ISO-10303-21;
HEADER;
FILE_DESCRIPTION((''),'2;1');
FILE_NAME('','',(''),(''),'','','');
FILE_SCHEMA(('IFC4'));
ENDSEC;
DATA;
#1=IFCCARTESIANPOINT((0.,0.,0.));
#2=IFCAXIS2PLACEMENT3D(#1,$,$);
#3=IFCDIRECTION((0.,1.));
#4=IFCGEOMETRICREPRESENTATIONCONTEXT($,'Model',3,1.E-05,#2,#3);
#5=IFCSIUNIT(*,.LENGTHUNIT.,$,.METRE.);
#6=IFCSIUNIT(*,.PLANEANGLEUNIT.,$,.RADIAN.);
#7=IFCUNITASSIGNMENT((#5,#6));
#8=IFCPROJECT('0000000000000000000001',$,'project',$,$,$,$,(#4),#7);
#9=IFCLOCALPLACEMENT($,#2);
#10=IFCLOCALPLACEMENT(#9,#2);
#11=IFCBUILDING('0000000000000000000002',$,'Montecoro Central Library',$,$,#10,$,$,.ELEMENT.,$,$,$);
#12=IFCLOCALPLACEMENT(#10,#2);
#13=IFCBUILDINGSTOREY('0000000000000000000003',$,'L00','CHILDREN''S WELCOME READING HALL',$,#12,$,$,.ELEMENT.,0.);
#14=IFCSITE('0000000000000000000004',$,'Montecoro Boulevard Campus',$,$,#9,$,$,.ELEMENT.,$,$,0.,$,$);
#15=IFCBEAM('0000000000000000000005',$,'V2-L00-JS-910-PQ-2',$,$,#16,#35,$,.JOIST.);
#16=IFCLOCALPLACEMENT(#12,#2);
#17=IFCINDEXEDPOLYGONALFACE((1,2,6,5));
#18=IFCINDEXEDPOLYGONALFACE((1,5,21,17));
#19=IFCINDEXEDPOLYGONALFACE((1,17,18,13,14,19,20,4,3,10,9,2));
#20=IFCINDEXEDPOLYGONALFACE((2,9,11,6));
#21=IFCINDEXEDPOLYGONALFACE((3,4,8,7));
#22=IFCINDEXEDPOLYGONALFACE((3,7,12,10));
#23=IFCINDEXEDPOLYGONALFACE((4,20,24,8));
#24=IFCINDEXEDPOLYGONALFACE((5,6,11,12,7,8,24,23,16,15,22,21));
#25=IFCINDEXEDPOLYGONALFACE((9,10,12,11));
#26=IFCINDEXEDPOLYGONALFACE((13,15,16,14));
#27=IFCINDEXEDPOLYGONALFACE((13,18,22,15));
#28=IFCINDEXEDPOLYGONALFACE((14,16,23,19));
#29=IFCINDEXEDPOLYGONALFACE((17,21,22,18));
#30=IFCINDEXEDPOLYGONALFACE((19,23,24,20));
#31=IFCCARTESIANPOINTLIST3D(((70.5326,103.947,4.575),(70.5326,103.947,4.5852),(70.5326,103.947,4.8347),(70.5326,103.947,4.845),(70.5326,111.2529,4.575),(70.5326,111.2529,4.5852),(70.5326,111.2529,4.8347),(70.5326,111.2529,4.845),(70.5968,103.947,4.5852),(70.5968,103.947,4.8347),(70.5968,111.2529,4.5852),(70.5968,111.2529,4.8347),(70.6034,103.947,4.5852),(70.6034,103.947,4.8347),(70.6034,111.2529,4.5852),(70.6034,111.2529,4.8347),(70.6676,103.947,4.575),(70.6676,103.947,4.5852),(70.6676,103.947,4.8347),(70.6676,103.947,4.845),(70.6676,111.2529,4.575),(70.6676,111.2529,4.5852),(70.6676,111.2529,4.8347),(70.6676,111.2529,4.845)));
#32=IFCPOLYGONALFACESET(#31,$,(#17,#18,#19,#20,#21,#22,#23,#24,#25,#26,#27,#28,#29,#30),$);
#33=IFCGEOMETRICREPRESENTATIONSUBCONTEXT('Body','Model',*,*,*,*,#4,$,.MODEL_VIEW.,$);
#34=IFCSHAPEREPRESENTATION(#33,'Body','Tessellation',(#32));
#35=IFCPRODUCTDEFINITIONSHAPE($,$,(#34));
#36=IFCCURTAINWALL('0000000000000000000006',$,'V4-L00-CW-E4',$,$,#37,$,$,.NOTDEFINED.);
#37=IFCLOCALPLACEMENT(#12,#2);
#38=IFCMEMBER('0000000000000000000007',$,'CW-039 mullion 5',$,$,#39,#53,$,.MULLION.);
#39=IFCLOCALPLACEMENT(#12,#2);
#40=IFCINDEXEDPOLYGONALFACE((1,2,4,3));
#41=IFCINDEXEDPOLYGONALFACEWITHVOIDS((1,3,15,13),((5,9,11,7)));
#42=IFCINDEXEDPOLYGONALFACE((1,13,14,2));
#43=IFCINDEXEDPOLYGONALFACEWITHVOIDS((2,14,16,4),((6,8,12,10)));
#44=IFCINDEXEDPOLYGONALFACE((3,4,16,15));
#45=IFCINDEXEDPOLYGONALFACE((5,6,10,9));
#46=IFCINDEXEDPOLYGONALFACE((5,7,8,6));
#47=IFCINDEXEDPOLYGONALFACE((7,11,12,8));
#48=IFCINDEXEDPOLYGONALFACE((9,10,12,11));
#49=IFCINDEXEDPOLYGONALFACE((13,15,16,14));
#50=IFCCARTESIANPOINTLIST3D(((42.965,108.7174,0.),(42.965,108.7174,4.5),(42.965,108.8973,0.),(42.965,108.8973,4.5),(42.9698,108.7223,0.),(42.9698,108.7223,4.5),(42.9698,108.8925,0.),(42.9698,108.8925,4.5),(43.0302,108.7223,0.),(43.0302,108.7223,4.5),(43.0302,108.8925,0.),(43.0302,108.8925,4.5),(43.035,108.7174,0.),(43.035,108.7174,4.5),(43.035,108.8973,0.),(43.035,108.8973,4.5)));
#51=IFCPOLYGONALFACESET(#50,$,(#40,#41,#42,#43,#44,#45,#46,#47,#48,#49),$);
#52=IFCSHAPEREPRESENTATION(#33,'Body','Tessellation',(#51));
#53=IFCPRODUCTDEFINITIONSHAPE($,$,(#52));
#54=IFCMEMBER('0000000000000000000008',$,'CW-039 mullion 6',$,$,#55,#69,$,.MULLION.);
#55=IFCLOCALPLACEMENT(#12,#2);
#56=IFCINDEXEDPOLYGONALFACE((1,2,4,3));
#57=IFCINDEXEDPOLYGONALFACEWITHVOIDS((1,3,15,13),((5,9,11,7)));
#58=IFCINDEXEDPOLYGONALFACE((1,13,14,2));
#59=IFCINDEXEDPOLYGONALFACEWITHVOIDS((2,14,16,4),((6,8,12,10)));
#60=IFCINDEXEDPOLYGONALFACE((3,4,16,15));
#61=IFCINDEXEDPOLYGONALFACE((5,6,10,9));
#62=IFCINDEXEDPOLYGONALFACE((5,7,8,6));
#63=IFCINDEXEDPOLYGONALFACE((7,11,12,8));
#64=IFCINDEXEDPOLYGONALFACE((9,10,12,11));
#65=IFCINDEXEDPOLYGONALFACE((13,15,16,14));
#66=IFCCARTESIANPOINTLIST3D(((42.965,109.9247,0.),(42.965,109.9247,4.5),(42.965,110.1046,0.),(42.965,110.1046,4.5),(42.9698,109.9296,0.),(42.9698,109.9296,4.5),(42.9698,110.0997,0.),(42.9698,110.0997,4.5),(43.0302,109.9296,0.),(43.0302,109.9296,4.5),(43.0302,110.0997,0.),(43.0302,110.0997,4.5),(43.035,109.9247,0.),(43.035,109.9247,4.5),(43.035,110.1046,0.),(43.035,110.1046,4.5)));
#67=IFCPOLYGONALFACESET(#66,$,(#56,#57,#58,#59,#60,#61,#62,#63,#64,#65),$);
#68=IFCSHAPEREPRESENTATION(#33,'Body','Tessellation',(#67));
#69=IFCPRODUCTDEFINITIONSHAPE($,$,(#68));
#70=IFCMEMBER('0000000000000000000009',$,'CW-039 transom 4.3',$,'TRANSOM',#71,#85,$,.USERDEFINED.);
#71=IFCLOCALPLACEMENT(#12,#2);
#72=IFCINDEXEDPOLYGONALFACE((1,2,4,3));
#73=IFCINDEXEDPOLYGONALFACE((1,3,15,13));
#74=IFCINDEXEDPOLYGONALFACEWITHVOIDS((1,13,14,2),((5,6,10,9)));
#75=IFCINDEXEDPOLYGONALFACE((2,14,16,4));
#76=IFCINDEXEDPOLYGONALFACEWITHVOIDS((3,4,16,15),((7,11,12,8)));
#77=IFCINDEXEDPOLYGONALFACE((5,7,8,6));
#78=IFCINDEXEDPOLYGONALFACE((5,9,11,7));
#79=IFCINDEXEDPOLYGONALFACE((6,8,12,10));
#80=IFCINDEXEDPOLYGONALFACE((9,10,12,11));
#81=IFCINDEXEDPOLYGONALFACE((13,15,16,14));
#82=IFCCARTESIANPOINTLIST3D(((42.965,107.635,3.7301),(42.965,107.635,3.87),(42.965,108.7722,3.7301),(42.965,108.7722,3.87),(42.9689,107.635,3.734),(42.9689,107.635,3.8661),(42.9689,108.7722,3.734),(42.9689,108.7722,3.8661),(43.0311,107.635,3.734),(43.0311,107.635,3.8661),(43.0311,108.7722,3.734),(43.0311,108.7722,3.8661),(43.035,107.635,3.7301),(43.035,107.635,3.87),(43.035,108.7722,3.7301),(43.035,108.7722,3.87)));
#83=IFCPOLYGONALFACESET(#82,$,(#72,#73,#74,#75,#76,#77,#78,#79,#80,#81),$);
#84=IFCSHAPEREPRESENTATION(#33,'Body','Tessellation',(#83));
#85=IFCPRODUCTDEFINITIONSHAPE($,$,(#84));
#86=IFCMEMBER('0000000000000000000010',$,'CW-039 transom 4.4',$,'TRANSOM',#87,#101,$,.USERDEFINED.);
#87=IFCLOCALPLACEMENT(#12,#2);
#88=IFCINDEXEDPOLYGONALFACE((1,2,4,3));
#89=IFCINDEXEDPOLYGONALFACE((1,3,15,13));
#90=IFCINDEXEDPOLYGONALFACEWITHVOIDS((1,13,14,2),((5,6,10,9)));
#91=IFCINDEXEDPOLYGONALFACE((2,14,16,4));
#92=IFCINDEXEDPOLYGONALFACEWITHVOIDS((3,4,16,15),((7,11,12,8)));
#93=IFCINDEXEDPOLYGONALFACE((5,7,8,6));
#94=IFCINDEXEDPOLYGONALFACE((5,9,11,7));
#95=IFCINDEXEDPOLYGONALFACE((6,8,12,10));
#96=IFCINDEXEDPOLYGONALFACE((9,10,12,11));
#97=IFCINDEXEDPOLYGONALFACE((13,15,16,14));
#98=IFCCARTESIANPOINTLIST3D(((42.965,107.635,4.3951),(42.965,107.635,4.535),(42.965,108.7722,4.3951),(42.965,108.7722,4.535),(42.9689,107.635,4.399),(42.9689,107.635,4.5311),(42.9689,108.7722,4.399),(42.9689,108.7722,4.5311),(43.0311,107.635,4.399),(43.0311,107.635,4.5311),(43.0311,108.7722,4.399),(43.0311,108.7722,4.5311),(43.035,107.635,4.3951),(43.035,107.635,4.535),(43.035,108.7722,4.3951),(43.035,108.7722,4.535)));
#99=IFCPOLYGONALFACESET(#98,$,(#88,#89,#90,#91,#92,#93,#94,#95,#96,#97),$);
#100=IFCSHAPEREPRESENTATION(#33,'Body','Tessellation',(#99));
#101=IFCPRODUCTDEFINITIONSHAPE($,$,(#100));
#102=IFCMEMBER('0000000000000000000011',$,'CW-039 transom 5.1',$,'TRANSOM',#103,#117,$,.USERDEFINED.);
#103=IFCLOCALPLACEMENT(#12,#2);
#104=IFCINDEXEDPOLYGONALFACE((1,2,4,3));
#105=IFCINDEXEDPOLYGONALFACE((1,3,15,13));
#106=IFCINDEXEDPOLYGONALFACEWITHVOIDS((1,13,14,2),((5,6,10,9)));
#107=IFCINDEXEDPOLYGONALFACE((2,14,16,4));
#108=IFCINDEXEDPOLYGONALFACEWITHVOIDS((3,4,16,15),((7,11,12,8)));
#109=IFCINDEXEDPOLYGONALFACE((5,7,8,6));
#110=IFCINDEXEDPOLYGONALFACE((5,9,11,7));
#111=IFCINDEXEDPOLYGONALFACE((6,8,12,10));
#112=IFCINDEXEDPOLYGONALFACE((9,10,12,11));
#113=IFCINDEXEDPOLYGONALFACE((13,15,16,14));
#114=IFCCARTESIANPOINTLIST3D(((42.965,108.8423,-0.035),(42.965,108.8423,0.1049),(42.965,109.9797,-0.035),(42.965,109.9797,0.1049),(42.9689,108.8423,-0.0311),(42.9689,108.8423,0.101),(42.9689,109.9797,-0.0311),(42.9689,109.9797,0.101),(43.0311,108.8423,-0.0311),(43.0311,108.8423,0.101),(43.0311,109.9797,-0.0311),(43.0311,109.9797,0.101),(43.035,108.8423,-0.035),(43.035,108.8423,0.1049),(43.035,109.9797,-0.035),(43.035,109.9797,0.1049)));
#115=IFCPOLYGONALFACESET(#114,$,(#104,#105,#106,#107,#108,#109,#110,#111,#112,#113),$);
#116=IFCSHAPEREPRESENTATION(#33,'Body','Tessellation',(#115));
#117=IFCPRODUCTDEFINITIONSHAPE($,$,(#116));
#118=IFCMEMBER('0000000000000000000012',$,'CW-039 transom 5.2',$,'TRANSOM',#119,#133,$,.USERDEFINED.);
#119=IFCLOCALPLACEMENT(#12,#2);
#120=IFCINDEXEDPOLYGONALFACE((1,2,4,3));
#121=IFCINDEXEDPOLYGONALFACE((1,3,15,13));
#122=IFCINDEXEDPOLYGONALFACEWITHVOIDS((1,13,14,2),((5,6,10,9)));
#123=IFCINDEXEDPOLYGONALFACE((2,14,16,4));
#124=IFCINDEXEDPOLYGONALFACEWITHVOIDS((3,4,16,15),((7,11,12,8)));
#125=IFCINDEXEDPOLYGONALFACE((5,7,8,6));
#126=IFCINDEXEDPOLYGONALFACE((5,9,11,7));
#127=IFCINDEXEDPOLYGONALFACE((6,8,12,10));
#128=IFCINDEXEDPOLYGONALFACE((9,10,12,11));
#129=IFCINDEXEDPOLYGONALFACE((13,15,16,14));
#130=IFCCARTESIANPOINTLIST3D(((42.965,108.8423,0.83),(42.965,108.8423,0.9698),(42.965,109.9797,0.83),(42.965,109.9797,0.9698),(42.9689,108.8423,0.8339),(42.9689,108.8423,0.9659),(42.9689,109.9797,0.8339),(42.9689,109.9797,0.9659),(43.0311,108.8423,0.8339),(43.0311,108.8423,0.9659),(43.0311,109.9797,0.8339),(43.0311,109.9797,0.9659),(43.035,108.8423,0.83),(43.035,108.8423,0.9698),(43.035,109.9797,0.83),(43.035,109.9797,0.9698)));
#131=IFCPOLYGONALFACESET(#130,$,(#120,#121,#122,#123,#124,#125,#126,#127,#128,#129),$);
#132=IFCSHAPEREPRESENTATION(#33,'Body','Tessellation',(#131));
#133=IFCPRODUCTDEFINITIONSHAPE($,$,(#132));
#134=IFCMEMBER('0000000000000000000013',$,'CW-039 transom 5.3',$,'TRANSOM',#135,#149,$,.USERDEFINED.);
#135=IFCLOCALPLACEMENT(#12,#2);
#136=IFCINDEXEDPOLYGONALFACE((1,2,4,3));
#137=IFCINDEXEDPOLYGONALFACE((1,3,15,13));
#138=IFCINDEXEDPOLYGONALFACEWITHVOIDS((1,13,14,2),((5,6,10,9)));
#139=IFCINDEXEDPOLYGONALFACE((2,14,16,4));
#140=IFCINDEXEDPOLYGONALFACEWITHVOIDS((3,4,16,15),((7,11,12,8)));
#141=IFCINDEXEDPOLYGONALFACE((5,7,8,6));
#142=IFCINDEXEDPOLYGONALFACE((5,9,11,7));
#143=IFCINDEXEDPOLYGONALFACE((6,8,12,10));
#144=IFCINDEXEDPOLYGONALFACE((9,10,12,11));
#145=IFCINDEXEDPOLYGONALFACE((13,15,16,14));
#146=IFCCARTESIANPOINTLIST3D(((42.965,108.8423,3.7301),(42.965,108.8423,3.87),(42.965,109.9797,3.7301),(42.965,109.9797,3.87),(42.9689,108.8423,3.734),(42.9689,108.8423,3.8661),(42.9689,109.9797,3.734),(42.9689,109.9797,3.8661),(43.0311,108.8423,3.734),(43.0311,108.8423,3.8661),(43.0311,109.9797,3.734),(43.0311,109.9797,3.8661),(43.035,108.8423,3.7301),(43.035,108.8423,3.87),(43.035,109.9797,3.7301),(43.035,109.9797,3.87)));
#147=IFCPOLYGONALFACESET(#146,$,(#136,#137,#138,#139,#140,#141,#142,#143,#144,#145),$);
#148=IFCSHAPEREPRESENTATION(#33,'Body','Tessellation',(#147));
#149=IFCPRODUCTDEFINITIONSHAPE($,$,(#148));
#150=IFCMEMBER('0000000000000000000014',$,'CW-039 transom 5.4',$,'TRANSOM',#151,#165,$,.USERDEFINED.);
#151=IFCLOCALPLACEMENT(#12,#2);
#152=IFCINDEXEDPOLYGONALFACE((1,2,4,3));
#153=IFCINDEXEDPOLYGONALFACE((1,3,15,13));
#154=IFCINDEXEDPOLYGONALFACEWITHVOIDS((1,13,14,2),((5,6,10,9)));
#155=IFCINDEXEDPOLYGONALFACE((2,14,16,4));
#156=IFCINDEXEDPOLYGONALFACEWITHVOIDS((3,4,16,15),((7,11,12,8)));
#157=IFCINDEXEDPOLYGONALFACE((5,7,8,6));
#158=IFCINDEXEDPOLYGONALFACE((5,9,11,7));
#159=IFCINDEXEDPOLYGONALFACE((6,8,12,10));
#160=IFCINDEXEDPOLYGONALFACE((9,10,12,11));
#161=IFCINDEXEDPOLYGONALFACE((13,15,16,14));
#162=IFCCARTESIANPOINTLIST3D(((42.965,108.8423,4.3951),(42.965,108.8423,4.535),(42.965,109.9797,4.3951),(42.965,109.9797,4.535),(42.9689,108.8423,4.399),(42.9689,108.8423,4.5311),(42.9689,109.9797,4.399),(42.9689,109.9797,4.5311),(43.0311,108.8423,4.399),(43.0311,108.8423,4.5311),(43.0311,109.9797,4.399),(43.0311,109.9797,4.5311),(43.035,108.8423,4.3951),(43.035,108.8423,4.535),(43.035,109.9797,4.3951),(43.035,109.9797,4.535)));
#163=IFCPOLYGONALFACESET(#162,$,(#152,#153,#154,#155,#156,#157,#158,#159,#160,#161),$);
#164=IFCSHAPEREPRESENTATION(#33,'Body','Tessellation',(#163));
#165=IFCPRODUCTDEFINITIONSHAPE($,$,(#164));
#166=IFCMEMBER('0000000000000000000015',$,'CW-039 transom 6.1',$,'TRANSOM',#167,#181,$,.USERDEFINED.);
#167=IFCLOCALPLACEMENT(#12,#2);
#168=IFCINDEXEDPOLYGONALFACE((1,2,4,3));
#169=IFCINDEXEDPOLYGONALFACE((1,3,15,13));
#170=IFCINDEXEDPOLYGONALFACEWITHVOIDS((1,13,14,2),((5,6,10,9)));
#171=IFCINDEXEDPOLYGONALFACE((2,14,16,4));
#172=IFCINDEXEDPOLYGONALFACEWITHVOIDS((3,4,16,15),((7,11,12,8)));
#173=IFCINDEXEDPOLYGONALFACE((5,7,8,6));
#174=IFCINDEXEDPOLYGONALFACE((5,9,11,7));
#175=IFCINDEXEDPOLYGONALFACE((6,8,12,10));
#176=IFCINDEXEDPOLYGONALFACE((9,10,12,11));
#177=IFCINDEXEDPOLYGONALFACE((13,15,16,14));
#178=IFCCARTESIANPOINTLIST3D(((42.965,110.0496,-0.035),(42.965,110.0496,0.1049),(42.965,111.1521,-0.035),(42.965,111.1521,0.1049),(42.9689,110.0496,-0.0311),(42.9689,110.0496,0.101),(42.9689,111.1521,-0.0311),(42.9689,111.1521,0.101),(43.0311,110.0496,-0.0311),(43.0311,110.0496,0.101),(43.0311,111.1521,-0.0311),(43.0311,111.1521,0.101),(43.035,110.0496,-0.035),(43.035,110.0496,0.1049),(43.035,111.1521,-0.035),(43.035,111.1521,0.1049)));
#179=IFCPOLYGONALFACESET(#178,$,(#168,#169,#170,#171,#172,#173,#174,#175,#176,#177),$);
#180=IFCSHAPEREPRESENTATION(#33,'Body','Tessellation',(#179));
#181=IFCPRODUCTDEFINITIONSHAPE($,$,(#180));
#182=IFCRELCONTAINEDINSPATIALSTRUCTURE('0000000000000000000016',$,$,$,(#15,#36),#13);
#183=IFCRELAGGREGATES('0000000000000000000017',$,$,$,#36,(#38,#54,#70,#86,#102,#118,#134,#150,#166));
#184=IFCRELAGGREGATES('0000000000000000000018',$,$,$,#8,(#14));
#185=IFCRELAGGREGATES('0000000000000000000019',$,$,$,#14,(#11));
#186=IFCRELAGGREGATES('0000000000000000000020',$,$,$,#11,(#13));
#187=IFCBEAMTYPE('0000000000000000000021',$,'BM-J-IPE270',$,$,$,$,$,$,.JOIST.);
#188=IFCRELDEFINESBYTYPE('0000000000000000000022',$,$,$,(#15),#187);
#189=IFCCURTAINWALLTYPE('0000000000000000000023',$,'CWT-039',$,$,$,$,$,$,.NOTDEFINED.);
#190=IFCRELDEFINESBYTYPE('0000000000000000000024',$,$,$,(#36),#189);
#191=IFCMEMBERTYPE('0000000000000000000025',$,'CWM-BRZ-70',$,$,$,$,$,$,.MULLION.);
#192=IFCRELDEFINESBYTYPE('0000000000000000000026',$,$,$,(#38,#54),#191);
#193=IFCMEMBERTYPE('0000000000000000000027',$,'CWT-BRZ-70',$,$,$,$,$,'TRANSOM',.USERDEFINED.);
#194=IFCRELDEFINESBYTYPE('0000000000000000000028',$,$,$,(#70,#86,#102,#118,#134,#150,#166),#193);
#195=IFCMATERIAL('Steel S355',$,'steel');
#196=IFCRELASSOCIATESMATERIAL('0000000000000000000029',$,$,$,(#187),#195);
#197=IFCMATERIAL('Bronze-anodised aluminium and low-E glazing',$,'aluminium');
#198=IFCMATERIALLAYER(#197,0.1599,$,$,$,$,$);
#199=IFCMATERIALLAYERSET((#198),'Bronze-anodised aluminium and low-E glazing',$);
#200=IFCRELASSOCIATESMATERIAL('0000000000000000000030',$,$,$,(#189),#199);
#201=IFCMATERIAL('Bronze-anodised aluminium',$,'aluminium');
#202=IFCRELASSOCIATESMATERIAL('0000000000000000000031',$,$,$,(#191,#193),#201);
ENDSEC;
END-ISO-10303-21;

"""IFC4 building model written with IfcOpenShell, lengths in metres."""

from ifc_helpers import new_model, si_unit, direction, frame, origin, origin_2d, place, context, subcontext, project, spatial, hollow_rectangle, i_section, extrude, material, layer, layer_set, material_profile, profile_set, type_object, element, aggregate, save


model = new_model("IFC4")

# Units and contexts
model_context = context("Model", 3, precision=1e-05, world=origin(), true_north=direction((0.0, 1.0)))
body_context = subcontext(model_context, "Body", "Model", "MODEL_VIEW")
ifc_project = project(units=[si_unit("LENGTHUNIT", "METRE"), si_unit("PLANEANGLEUNIT", "RADIAN")], contexts=[model_context])

# Site, building, storey
site_placement = place(None, origin())
site = spatial("IfcSite", under=ifc_project, at=site_placement, Name="Montecoro Boulevard Campus", CompositionType="ELEMENT", RefElevation=0.0)
building_placement = place(site_placement, origin())
building = spatial("IfcBuilding", under=site, at=building_placement, Name="Montecoro Central Library", CompositionType="ELEMENT")
storey_placement = place(building_placement, origin())
storey = spatial("IfcBuildingStorey", under=building, at=storey_placement, Name="L00", Description="CHILDREN'S WELCOME READING HALL", CompositionType="ELEMENT", Elevation=0.0)

# Beam
ifc_material_1 = material(Name="Steel S355", Category="steel")
ifc_material_profile_1 = material_profile(ifc_material_1, i_section(OverallWidth=0.135, OverallDepth=0.27, WebThickness=0.0066, FlangeThickness=0.0103, at=origin_2d()), Name="IPE 270")
ifc_profile_set_1 = profile_set([ifc_material_profile_1], Name="Steel S355")
beam_type = type_object("IfcBeamType", Name="BM-J-IPE270", PredefinedType="JOIST", material=ifc_profile_set_1)
beam_placement = place(storey_placement, frame((70.6001, 103.947, 4.71), z_axis=(0.0, 1.0, 0.0), x_axis=(-1.0, 0.0, 0.0)))
element("IfcBeam", 1, at=beam_placement, inside=storey, type_object=beam_type, Name="V2-L00-JS-910-PQ-2", PredefinedType="JOIST", context=body_context, shape_type="SweptSolid", body=[
    extrude(i_section(OverallWidth=0.135, OverallDepth=0.27, WebThickness=0.0066, FlangeThickness=0.0103, at=origin_2d()), origin(), (0.0, 0.0, 1.0), 7.3059),
])

# Curtain wall, members
ifc_material_2 = material(Name="Bronze-anodised aluminium and low-E glazing", Category="aluminium")
ifc_layer_1 = layer(ifc_material_2, 0.1599)
ifc_layer_set_1 = layer_set([ifc_layer_1], Name="Bronze-anodised aluminium and low-E glazing")
curtain_wall_type = type_object("IfcCurtainWallType", Name="CWT-039", PredefinedType="NOTDEFINED", material=ifc_layer_set_1)
curtain_wall_placement = place(storey_placement, origin())
curtain_wall = element("IfcCurtainWall", 2, at=curtain_wall_placement, inside=storey, type_object=curtain_wall_type, Name="V4-L00-CW-E4", PredefinedType="NOTDEFINED")
ifc_material_3 = material(Name="Bronze-anodised aluminium", Category="aluminium")
ifc_material_profile_2 = material_profile(ifc_material_3, hollow_rectangle(XDim=0.0701, YDim=0.1799, WallThickness=0.0049, at=origin_2d()), Name="CWM 180x70x5.0")
ifc_profile_set_2 = profile_set([ifc_material_profile_2], Name="Bronze-anodised aluminium")
member_type_1 = type_object("IfcMemberType", Name="CWM-BRZ-70", PredefinedType="MULLION", material=ifc_profile_set_2)
member_1_placement = place(storey_placement, frame((43.0, 108.8074, 0.0), z_axis=(0.0, 0.0, 1.0), x_axis=(-1.0, 0.0, 0.0)))
member_1 = element("IfcMember", 3, at=member_1_placement, type_object=member_type_1, Name="CW-039 mullion 5", PredefinedType="MULLION", context=body_context, shape_type="SweptSolid", body=[
    extrude(hollow_rectangle(XDim=0.0701, YDim=0.1799, WallThickness=0.0049, at=origin_2d()), origin(), (0.0, 0.0, 1.0), 4.5),
])
member_2_placement = place(storey_placement, frame((43.0, 110.0146, 0.0), z_axis=(0.0, 0.0, 1.0), x_axis=(-1.0, 0.0, 0.0)))
member_2 = element("IfcMember", 4, at=member_2_placement, type_object=member_type_1, Name="CW-039 mullion 6", PredefinedType="MULLION", context=body_context, shape_type="SweptSolid", body=[
    extrude(hollow_rectangle(XDim=0.0701, YDim=0.1799, WallThickness=0.0049, at=origin_2d()), origin(), (0.0, 0.0, 1.0), 4.5),
])
ifc_material_profile_3 = material_profile(ifc_material_3, hollow_rectangle(XDim=0.0701, YDim=0.1399, WallThickness=0.0039, at=origin_2d()), Name="CWT 140x70x4.0")
ifc_profile_set_3 = profile_set([ifc_material_profile_3], Name="Bronze-anodised aluminium")
member_type_2 = type_object("IfcMemberType", Name="CWT-BRZ-70", ElementType="TRANSOM", PredefinedType="USERDEFINED", material=ifc_profile_set_3)
member_3_placement = place(storey_placement, frame((43.0, 107.635, 3.8), z_axis=(0.0, 1.0, 0.0), x_axis=(-1.0, 0.0, 0.0)))
member_3 = element("IfcMember", 5, at=member_3_placement, type_object=member_type_2, Name="CW-039 transom 4.3", ObjectType="TRANSOM", PredefinedType="USERDEFINED", context=body_context, shape_type="SweptSolid", body=[
    extrude(hollow_rectangle(XDim=0.0701, YDim=0.1399, WallThickness=0.0039, at=origin_2d()), origin(), (0.0, 0.0, 1.0), 1.1372),
])
member_4_placement = place(storey_placement, frame((43.0, 107.635, 4.4651), z_axis=(0.0, 1.0, 0.0), x_axis=(-1.0, 0.0, 0.0)))
member_4 = element("IfcMember", 6, at=member_4_placement, type_object=member_type_2, Name="CW-039 transom 4.4", ObjectType="TRANSOM", PredefinedType="USERDEFINED", context=body_context, shape_type="SweptSolid", body=[
    extrude(hollow_rectangle(XDim=0.0701, YDim=0.1399, WallThickness=0.0039, at=origin_2d()), origin(), (0.0, 0.0, 1.0), 1.1372),
])
member_5_placement = place(storey_placement, frame((43.0, 108.8423, 0.0349), z_axis=(0.0, 1.0, 0.0), x_axis=(-1.0, 0.0, 0.0)))
member_5 = element("IfcMember", 7, at=member_5_placement, type_object=member_type_2, Name="CW-039 transom 5.1", ObjectType="TRANSOM", PredefinedType="USERDEFINED", context=body_context, shape_type="SweptSolid", body=[
    extrude(hollow_rectangle(XDim=0.0701, YDim=0.1399, WallThickness=0.0039, at=origin_2d()), origin(), (0.0, 0.0, 1.0), 1.1375),
])
member_6_placement = place(storey_placement, frame((43.0, 108.8423, 0.8999), z_axis=(0.0, 1.0, 0.0), x_axis=(-1.0, 0.0, 0.0)))
member_6 = element("IfcMember", 8, at=member_6_placement, type_object=member_type_2, Name="CW-039 transom 5.2", ObjectType="TRANSOM", PredefinedType="USERDEFINED", context=body_context, shape_type="SweptSolid", body=[
    extrude(hollow_rectangle(XDim=0.0701, YDim=0.1399, WallThickness=0.0039, at=origin_2d()), origin(), (0.0, 0.0, 1.0), 1.1375),
])
member_7_placement = place(storey_placement, frame((43.0, 108.8423, 3.8), z_axis=(0.0, 1.0, 0.0), x_axis=(-1.0, 0.0, 0.0)))
member_7 = element("IfcMember", 9, at=member_7_placement, type_object=member_type_2, Name="CW-039 transom 5.3", ObjectType="TRANSOM", PredefinedType="USERDEFINED", context=body_context, shape_type="SweptSolid", body=[
    extrude(hollow_rectangle(XDim=0.0701, YDim=0.1399, WallThickness=0.0039, at=origin_2d()), origin(), (0.0, 0.0, 1.0), 1.1375),
])
member_8_placement = place(storey_placement, frame((43.0, 108.8423, 4.4651), z_axis=(0.0, 1.0, 0.0), x_axis=(-1.0, 0.0, 0.0)))
member_8 = element("IfcMember", 10, at=member_8_placement, type_object=member_type_2, Name="CW-039 transom 5.4", ObjectType="TRANSOM", PredefinedType="USERDEFINED", context=body_context, shape_type="SweptSolid", body=[
    extrude(hollow_rectangle(XDim=0.0701, YDim=0.1399, WallThickness=0.0039, at=origin_2d()), origin(), (0.0, 0.0, 1.0), 1.1375),
])
member_9_placement = place(storey_placement, frame((43.0, 110.0496, 0.0349), z_axis=(0.0, 1.0, 0.0), x_axis=(-1.0, 0.0, 0.0)))
member_9 = element("IfcMember", 11, at=member_9_placement, type_object=member_type_2, Name="CW-039 transom 6.1", ObjectType="TRANSOM", PredefinedType="USERDEFINED", context=body_context, shape_type="SweptSolid", body=[
    extrude(hollow_rectangle(XDim=0.0701, YDim=0.1399, WallThickness=0.0039, at=origin_2d()), origin(), (0.0, 0.0, 1.0), 1.1025),
])
aggregate(curtain_wall, [member_1, member_2, member_3, member_4, member_5, member_6, member_7, member_8, member_9])

save(model, "model.ifc")
